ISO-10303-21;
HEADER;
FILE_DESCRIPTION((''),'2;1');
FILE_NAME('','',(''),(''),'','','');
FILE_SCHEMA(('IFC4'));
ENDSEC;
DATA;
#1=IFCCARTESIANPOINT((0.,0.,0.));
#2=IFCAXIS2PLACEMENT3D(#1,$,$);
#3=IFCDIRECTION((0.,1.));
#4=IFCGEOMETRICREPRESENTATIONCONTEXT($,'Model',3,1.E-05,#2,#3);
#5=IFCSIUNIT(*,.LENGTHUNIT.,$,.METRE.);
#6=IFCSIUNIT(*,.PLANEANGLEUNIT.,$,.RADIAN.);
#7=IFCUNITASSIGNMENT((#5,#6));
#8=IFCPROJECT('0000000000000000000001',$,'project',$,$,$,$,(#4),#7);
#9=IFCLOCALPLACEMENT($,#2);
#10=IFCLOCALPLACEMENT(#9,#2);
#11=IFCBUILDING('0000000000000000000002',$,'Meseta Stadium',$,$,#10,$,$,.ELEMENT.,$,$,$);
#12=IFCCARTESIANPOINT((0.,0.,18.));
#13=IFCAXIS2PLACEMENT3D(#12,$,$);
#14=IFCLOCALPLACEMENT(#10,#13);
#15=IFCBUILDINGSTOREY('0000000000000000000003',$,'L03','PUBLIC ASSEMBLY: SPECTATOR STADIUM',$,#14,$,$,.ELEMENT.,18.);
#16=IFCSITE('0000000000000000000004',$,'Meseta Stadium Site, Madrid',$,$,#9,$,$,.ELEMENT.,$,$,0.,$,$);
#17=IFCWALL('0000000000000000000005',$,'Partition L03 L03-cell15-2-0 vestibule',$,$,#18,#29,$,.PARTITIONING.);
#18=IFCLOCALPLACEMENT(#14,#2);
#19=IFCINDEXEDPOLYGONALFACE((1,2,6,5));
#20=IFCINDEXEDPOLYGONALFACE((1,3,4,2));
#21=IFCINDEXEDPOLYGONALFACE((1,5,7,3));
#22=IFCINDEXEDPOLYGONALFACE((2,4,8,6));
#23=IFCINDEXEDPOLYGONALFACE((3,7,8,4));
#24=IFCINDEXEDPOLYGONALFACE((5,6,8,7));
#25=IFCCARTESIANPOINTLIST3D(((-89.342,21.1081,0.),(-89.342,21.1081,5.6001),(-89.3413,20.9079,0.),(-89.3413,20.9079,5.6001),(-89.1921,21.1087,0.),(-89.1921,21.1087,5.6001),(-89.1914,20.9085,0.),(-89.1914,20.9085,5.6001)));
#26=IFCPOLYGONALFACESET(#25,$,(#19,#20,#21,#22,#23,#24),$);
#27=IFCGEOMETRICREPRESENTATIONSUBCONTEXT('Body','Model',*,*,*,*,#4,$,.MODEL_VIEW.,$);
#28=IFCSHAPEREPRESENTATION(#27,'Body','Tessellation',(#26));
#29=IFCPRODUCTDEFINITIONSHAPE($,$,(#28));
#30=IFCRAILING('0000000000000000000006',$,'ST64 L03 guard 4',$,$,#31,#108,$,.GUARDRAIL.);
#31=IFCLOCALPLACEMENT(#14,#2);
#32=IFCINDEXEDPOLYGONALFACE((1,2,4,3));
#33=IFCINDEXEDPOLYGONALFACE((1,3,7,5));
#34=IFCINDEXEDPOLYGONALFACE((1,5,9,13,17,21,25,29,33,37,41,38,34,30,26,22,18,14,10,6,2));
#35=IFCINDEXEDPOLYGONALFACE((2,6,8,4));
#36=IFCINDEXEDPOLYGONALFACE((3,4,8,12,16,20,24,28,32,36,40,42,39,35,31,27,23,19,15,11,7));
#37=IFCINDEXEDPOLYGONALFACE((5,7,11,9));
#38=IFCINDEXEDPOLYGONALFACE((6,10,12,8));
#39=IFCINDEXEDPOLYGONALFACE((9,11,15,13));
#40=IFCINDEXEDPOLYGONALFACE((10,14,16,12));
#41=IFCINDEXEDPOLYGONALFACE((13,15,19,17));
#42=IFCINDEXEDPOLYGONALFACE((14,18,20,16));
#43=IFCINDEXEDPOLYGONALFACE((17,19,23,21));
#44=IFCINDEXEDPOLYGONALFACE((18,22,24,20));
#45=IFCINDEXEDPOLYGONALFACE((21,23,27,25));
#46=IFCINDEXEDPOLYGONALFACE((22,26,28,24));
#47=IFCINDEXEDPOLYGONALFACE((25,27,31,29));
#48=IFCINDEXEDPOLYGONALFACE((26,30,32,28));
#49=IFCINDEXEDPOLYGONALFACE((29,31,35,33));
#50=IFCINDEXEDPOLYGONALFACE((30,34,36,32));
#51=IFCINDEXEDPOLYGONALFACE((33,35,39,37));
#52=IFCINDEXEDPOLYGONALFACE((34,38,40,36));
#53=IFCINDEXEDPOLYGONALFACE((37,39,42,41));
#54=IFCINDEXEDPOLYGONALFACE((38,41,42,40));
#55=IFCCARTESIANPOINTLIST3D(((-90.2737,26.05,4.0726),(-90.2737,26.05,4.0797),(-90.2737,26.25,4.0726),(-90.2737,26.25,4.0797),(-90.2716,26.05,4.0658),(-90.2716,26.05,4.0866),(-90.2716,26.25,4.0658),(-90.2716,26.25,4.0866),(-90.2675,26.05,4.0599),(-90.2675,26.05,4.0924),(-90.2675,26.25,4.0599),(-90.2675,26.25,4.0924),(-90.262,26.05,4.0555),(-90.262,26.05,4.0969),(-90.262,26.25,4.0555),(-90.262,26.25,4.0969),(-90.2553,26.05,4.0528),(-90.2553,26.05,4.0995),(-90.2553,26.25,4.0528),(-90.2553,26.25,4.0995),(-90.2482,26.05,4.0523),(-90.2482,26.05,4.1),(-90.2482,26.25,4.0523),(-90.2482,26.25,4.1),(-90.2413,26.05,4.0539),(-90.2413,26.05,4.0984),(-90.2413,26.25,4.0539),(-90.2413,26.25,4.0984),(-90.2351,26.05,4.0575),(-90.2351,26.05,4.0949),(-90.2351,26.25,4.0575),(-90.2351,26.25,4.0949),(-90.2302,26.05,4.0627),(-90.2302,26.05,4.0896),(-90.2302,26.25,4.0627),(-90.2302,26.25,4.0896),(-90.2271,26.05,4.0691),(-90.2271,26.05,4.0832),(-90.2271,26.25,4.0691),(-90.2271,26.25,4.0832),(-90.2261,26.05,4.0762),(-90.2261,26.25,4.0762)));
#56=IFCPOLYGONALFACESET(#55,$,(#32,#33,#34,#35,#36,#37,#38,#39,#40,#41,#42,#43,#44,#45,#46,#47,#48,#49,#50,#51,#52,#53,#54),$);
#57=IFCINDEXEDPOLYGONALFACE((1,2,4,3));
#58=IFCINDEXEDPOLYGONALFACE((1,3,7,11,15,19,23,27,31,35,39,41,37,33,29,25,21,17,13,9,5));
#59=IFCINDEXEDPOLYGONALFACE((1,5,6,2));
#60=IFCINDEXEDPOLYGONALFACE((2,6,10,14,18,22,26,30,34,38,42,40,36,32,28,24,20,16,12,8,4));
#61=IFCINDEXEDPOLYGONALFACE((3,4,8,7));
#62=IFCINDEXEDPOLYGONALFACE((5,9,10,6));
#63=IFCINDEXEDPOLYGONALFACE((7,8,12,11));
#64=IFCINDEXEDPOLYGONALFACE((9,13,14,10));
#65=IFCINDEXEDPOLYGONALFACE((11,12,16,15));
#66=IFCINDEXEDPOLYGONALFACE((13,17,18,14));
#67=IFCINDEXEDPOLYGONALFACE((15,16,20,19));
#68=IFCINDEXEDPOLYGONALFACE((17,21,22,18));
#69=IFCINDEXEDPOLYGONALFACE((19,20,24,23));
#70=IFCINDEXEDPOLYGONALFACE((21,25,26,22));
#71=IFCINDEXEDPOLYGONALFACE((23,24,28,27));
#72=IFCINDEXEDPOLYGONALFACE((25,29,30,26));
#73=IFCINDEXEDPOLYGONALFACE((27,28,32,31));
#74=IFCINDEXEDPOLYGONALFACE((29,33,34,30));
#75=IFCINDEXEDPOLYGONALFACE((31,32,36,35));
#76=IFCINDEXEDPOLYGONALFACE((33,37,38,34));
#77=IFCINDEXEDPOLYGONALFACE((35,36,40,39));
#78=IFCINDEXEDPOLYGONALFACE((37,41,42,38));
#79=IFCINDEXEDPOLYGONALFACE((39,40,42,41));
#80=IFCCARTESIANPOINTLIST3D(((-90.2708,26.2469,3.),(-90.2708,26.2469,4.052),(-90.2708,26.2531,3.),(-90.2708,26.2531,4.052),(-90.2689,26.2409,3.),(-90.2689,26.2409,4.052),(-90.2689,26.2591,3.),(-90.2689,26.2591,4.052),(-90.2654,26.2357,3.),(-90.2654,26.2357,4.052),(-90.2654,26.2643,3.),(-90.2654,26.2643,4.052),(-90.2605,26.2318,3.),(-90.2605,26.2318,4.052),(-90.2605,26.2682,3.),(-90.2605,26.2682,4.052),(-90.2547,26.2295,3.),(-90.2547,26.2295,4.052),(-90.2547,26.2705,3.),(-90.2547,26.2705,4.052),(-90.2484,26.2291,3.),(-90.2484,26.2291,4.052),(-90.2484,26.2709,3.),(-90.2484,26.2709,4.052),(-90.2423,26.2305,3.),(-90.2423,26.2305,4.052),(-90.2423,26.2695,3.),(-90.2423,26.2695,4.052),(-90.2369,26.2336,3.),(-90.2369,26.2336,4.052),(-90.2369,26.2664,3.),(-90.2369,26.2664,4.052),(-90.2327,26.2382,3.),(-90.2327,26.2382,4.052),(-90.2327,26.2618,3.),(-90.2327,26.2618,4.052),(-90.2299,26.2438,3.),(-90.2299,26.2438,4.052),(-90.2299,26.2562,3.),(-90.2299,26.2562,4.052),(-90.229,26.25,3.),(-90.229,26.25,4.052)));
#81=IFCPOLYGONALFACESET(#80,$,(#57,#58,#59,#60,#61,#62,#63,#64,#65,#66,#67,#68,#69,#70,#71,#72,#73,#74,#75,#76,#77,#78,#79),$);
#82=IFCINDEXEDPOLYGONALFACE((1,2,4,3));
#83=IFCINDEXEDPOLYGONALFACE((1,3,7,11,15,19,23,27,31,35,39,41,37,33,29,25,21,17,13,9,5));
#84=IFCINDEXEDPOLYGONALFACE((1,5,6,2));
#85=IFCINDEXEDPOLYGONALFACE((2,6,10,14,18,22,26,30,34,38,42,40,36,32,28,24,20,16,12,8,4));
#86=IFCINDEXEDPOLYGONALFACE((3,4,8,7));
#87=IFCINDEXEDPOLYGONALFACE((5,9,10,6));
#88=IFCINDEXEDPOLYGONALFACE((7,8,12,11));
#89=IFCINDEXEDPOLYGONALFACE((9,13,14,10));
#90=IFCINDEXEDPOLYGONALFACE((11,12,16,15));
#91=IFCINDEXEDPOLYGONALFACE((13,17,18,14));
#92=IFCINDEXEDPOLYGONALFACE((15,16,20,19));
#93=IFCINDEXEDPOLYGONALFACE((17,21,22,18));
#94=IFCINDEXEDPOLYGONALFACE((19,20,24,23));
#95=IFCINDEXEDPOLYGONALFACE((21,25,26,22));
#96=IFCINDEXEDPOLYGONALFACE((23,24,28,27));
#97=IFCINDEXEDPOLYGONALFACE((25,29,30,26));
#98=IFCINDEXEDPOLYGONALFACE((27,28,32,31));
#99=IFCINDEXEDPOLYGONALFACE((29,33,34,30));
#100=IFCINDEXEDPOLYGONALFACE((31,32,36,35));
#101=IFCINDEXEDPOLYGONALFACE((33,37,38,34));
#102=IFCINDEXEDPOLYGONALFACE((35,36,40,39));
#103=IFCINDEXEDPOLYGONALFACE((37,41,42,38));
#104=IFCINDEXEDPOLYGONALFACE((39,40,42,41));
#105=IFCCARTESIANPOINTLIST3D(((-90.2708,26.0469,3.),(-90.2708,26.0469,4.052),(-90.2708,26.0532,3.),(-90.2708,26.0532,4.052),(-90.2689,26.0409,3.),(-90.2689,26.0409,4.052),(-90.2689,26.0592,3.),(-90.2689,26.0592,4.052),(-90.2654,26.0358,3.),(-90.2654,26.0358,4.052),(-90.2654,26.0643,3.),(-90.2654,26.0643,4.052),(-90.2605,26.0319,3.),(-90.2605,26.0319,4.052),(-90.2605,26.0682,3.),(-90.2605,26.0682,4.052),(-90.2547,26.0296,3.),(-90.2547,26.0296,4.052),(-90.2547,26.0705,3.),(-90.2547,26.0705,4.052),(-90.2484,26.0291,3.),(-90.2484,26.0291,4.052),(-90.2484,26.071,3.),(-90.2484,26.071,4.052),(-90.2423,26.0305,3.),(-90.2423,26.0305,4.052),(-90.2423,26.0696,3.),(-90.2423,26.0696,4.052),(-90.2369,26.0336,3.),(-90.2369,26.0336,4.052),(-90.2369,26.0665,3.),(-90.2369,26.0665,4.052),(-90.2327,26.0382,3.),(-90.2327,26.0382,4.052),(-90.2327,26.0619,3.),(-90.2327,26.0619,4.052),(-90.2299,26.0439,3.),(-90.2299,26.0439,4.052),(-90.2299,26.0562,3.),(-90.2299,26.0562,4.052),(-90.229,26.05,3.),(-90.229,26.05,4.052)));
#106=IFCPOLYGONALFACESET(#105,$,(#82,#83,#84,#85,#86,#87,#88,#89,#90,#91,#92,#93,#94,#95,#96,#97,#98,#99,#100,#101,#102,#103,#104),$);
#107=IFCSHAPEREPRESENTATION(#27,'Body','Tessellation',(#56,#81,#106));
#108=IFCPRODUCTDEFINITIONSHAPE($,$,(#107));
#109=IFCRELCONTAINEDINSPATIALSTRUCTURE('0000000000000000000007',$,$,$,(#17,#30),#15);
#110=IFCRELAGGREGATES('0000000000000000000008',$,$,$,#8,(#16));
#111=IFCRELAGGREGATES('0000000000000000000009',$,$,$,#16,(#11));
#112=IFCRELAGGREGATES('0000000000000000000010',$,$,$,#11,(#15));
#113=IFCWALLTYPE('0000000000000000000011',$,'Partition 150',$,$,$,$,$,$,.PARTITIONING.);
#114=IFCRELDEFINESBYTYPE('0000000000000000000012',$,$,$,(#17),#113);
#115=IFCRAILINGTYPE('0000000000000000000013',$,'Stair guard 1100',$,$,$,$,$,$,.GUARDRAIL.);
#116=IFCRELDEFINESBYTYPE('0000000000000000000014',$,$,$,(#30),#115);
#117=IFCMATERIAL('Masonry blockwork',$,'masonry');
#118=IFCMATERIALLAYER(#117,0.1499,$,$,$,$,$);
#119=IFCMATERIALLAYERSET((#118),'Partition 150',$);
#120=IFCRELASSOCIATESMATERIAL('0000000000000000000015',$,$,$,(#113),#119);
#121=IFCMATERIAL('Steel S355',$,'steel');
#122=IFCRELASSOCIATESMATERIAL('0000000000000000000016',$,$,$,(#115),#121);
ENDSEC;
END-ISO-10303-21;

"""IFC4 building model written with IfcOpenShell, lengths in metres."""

from ifc_helpers import new_model, si_unit, direction, frame, frame_2d, origin, origin_2d, place, context, subcontext, project, spatial, rectangle, circle, extrude, material, layer, layer_set, type_object, element, save


model = new_model("IFC4")

# Units and contexts
model_context = context("Model", 3, precision=1e-05, world=origin(), true_north=direction((0.0, 1.0)))
body_context = subcontext(model_context, "Body", "Model", "MODEL_VIEW")
ifc_project = project(units=[si_unit("LENGTHUNIT", "METRE"), si_unit("PLANEANGLEUNIT", "RADIAN")], contexts=[model_context])

# Site, building, storey
site_placement = place(None, origin())
site = spatial("IfcSite", under=ifc_project, at=site_placement, Name="Meseta Stadium Site, Madrid", CompositionType="ELEMENT", RefElevation=0.0)
building_placement = place(site_placement, origin())
building = spatial("IfcBuilding", under=site, at=building_placement, Name="Meseta Stadium", CompositionType="ELEMENT")
storey_placement = place(building_placement, frame((0.0, 0.0, 18.0)))
storey = spatial("IfcBuildingStorey", under=building, at=storey_placement, Name="L03", Description="PUBLIC ASSEMBLY: SPECTATOR STADIUM", CompositionType="ELEMENT", Elevation=18.0)

# Shared definitions
ifc_material_1 = material(Name="Masonry blockwork", Category="masonry")
ifc_layer_1 = layer(ifc_material_1, 0.1499)
ifc_layer_set_1 = layer_set([ifc_layer_1], Name="Partition 150")
wall_type_1 = type_object("IfcWallType", Name="Partition 150", PredefinedType="PARTITIONING", material=ifc_layer_set_1)

# Wall
wall_1_placement = place(storey_placement, frame((-89.2671, 21.1084, 0.0), z_axis=(0.0, 0.0, 1.0), x_axis=(0.003659, -0.999993, 0.0)))
element("IfcWall", 1, at=wall_1_placement, inside=storey, type_object=wall_type_1, Name="Partition L03 L03-cell15-2-0 vestibule", PredefinedType="PARTITIONING", context=body_context, shape_type="SweptSolid", body=[
    extrude(rectangle(XDim=0.2002, YDim=0.1499, at=frame_2d((0.1001, 0.0))), origin(), (0.0, 0.0, 1.0), 5.6001),
])

# Railing
ifc_material_2 = material(Name="Steel S355", Category="steel")
railing_type_1 = type_object("IfcRailingType", Name="Stair guard 1100", PredefinedType="GUARDRAIL", material=ifc_material_2)
railing_placement = place(storey_placement, frame((-90.25, 26.25, 3.0)))
element("IfcRailing", 2, at=railing_placement, inside=storey, type_object=railing_type_1, Name="ST64 L03 guard 4", PredefinedType="GUARDRAIL", context=body_context, shape_type="SweptSolid", body=[
    extrude(circle(Radius=0.0239, at=origin_2d()), frame((0.0, 0.0, 1.0762), z_axis=(0.0, -1.0, 0.0), x_axis=(1.0, 0.0, 0.0)), (0.0, 0.0, 1.0), 0.2),
    extrude(circle(Radius=0.021, at=origin_2d()), origin(), (0.0, 0.0, 1.0), 1.052),
    extrude(circle(Radius=0.021, at=origin_2d()), frame((0.0, -0.2, 0.0)), (0.0, 0.0, 1.0), 1.052),
])

save(model, "model.ifc")
